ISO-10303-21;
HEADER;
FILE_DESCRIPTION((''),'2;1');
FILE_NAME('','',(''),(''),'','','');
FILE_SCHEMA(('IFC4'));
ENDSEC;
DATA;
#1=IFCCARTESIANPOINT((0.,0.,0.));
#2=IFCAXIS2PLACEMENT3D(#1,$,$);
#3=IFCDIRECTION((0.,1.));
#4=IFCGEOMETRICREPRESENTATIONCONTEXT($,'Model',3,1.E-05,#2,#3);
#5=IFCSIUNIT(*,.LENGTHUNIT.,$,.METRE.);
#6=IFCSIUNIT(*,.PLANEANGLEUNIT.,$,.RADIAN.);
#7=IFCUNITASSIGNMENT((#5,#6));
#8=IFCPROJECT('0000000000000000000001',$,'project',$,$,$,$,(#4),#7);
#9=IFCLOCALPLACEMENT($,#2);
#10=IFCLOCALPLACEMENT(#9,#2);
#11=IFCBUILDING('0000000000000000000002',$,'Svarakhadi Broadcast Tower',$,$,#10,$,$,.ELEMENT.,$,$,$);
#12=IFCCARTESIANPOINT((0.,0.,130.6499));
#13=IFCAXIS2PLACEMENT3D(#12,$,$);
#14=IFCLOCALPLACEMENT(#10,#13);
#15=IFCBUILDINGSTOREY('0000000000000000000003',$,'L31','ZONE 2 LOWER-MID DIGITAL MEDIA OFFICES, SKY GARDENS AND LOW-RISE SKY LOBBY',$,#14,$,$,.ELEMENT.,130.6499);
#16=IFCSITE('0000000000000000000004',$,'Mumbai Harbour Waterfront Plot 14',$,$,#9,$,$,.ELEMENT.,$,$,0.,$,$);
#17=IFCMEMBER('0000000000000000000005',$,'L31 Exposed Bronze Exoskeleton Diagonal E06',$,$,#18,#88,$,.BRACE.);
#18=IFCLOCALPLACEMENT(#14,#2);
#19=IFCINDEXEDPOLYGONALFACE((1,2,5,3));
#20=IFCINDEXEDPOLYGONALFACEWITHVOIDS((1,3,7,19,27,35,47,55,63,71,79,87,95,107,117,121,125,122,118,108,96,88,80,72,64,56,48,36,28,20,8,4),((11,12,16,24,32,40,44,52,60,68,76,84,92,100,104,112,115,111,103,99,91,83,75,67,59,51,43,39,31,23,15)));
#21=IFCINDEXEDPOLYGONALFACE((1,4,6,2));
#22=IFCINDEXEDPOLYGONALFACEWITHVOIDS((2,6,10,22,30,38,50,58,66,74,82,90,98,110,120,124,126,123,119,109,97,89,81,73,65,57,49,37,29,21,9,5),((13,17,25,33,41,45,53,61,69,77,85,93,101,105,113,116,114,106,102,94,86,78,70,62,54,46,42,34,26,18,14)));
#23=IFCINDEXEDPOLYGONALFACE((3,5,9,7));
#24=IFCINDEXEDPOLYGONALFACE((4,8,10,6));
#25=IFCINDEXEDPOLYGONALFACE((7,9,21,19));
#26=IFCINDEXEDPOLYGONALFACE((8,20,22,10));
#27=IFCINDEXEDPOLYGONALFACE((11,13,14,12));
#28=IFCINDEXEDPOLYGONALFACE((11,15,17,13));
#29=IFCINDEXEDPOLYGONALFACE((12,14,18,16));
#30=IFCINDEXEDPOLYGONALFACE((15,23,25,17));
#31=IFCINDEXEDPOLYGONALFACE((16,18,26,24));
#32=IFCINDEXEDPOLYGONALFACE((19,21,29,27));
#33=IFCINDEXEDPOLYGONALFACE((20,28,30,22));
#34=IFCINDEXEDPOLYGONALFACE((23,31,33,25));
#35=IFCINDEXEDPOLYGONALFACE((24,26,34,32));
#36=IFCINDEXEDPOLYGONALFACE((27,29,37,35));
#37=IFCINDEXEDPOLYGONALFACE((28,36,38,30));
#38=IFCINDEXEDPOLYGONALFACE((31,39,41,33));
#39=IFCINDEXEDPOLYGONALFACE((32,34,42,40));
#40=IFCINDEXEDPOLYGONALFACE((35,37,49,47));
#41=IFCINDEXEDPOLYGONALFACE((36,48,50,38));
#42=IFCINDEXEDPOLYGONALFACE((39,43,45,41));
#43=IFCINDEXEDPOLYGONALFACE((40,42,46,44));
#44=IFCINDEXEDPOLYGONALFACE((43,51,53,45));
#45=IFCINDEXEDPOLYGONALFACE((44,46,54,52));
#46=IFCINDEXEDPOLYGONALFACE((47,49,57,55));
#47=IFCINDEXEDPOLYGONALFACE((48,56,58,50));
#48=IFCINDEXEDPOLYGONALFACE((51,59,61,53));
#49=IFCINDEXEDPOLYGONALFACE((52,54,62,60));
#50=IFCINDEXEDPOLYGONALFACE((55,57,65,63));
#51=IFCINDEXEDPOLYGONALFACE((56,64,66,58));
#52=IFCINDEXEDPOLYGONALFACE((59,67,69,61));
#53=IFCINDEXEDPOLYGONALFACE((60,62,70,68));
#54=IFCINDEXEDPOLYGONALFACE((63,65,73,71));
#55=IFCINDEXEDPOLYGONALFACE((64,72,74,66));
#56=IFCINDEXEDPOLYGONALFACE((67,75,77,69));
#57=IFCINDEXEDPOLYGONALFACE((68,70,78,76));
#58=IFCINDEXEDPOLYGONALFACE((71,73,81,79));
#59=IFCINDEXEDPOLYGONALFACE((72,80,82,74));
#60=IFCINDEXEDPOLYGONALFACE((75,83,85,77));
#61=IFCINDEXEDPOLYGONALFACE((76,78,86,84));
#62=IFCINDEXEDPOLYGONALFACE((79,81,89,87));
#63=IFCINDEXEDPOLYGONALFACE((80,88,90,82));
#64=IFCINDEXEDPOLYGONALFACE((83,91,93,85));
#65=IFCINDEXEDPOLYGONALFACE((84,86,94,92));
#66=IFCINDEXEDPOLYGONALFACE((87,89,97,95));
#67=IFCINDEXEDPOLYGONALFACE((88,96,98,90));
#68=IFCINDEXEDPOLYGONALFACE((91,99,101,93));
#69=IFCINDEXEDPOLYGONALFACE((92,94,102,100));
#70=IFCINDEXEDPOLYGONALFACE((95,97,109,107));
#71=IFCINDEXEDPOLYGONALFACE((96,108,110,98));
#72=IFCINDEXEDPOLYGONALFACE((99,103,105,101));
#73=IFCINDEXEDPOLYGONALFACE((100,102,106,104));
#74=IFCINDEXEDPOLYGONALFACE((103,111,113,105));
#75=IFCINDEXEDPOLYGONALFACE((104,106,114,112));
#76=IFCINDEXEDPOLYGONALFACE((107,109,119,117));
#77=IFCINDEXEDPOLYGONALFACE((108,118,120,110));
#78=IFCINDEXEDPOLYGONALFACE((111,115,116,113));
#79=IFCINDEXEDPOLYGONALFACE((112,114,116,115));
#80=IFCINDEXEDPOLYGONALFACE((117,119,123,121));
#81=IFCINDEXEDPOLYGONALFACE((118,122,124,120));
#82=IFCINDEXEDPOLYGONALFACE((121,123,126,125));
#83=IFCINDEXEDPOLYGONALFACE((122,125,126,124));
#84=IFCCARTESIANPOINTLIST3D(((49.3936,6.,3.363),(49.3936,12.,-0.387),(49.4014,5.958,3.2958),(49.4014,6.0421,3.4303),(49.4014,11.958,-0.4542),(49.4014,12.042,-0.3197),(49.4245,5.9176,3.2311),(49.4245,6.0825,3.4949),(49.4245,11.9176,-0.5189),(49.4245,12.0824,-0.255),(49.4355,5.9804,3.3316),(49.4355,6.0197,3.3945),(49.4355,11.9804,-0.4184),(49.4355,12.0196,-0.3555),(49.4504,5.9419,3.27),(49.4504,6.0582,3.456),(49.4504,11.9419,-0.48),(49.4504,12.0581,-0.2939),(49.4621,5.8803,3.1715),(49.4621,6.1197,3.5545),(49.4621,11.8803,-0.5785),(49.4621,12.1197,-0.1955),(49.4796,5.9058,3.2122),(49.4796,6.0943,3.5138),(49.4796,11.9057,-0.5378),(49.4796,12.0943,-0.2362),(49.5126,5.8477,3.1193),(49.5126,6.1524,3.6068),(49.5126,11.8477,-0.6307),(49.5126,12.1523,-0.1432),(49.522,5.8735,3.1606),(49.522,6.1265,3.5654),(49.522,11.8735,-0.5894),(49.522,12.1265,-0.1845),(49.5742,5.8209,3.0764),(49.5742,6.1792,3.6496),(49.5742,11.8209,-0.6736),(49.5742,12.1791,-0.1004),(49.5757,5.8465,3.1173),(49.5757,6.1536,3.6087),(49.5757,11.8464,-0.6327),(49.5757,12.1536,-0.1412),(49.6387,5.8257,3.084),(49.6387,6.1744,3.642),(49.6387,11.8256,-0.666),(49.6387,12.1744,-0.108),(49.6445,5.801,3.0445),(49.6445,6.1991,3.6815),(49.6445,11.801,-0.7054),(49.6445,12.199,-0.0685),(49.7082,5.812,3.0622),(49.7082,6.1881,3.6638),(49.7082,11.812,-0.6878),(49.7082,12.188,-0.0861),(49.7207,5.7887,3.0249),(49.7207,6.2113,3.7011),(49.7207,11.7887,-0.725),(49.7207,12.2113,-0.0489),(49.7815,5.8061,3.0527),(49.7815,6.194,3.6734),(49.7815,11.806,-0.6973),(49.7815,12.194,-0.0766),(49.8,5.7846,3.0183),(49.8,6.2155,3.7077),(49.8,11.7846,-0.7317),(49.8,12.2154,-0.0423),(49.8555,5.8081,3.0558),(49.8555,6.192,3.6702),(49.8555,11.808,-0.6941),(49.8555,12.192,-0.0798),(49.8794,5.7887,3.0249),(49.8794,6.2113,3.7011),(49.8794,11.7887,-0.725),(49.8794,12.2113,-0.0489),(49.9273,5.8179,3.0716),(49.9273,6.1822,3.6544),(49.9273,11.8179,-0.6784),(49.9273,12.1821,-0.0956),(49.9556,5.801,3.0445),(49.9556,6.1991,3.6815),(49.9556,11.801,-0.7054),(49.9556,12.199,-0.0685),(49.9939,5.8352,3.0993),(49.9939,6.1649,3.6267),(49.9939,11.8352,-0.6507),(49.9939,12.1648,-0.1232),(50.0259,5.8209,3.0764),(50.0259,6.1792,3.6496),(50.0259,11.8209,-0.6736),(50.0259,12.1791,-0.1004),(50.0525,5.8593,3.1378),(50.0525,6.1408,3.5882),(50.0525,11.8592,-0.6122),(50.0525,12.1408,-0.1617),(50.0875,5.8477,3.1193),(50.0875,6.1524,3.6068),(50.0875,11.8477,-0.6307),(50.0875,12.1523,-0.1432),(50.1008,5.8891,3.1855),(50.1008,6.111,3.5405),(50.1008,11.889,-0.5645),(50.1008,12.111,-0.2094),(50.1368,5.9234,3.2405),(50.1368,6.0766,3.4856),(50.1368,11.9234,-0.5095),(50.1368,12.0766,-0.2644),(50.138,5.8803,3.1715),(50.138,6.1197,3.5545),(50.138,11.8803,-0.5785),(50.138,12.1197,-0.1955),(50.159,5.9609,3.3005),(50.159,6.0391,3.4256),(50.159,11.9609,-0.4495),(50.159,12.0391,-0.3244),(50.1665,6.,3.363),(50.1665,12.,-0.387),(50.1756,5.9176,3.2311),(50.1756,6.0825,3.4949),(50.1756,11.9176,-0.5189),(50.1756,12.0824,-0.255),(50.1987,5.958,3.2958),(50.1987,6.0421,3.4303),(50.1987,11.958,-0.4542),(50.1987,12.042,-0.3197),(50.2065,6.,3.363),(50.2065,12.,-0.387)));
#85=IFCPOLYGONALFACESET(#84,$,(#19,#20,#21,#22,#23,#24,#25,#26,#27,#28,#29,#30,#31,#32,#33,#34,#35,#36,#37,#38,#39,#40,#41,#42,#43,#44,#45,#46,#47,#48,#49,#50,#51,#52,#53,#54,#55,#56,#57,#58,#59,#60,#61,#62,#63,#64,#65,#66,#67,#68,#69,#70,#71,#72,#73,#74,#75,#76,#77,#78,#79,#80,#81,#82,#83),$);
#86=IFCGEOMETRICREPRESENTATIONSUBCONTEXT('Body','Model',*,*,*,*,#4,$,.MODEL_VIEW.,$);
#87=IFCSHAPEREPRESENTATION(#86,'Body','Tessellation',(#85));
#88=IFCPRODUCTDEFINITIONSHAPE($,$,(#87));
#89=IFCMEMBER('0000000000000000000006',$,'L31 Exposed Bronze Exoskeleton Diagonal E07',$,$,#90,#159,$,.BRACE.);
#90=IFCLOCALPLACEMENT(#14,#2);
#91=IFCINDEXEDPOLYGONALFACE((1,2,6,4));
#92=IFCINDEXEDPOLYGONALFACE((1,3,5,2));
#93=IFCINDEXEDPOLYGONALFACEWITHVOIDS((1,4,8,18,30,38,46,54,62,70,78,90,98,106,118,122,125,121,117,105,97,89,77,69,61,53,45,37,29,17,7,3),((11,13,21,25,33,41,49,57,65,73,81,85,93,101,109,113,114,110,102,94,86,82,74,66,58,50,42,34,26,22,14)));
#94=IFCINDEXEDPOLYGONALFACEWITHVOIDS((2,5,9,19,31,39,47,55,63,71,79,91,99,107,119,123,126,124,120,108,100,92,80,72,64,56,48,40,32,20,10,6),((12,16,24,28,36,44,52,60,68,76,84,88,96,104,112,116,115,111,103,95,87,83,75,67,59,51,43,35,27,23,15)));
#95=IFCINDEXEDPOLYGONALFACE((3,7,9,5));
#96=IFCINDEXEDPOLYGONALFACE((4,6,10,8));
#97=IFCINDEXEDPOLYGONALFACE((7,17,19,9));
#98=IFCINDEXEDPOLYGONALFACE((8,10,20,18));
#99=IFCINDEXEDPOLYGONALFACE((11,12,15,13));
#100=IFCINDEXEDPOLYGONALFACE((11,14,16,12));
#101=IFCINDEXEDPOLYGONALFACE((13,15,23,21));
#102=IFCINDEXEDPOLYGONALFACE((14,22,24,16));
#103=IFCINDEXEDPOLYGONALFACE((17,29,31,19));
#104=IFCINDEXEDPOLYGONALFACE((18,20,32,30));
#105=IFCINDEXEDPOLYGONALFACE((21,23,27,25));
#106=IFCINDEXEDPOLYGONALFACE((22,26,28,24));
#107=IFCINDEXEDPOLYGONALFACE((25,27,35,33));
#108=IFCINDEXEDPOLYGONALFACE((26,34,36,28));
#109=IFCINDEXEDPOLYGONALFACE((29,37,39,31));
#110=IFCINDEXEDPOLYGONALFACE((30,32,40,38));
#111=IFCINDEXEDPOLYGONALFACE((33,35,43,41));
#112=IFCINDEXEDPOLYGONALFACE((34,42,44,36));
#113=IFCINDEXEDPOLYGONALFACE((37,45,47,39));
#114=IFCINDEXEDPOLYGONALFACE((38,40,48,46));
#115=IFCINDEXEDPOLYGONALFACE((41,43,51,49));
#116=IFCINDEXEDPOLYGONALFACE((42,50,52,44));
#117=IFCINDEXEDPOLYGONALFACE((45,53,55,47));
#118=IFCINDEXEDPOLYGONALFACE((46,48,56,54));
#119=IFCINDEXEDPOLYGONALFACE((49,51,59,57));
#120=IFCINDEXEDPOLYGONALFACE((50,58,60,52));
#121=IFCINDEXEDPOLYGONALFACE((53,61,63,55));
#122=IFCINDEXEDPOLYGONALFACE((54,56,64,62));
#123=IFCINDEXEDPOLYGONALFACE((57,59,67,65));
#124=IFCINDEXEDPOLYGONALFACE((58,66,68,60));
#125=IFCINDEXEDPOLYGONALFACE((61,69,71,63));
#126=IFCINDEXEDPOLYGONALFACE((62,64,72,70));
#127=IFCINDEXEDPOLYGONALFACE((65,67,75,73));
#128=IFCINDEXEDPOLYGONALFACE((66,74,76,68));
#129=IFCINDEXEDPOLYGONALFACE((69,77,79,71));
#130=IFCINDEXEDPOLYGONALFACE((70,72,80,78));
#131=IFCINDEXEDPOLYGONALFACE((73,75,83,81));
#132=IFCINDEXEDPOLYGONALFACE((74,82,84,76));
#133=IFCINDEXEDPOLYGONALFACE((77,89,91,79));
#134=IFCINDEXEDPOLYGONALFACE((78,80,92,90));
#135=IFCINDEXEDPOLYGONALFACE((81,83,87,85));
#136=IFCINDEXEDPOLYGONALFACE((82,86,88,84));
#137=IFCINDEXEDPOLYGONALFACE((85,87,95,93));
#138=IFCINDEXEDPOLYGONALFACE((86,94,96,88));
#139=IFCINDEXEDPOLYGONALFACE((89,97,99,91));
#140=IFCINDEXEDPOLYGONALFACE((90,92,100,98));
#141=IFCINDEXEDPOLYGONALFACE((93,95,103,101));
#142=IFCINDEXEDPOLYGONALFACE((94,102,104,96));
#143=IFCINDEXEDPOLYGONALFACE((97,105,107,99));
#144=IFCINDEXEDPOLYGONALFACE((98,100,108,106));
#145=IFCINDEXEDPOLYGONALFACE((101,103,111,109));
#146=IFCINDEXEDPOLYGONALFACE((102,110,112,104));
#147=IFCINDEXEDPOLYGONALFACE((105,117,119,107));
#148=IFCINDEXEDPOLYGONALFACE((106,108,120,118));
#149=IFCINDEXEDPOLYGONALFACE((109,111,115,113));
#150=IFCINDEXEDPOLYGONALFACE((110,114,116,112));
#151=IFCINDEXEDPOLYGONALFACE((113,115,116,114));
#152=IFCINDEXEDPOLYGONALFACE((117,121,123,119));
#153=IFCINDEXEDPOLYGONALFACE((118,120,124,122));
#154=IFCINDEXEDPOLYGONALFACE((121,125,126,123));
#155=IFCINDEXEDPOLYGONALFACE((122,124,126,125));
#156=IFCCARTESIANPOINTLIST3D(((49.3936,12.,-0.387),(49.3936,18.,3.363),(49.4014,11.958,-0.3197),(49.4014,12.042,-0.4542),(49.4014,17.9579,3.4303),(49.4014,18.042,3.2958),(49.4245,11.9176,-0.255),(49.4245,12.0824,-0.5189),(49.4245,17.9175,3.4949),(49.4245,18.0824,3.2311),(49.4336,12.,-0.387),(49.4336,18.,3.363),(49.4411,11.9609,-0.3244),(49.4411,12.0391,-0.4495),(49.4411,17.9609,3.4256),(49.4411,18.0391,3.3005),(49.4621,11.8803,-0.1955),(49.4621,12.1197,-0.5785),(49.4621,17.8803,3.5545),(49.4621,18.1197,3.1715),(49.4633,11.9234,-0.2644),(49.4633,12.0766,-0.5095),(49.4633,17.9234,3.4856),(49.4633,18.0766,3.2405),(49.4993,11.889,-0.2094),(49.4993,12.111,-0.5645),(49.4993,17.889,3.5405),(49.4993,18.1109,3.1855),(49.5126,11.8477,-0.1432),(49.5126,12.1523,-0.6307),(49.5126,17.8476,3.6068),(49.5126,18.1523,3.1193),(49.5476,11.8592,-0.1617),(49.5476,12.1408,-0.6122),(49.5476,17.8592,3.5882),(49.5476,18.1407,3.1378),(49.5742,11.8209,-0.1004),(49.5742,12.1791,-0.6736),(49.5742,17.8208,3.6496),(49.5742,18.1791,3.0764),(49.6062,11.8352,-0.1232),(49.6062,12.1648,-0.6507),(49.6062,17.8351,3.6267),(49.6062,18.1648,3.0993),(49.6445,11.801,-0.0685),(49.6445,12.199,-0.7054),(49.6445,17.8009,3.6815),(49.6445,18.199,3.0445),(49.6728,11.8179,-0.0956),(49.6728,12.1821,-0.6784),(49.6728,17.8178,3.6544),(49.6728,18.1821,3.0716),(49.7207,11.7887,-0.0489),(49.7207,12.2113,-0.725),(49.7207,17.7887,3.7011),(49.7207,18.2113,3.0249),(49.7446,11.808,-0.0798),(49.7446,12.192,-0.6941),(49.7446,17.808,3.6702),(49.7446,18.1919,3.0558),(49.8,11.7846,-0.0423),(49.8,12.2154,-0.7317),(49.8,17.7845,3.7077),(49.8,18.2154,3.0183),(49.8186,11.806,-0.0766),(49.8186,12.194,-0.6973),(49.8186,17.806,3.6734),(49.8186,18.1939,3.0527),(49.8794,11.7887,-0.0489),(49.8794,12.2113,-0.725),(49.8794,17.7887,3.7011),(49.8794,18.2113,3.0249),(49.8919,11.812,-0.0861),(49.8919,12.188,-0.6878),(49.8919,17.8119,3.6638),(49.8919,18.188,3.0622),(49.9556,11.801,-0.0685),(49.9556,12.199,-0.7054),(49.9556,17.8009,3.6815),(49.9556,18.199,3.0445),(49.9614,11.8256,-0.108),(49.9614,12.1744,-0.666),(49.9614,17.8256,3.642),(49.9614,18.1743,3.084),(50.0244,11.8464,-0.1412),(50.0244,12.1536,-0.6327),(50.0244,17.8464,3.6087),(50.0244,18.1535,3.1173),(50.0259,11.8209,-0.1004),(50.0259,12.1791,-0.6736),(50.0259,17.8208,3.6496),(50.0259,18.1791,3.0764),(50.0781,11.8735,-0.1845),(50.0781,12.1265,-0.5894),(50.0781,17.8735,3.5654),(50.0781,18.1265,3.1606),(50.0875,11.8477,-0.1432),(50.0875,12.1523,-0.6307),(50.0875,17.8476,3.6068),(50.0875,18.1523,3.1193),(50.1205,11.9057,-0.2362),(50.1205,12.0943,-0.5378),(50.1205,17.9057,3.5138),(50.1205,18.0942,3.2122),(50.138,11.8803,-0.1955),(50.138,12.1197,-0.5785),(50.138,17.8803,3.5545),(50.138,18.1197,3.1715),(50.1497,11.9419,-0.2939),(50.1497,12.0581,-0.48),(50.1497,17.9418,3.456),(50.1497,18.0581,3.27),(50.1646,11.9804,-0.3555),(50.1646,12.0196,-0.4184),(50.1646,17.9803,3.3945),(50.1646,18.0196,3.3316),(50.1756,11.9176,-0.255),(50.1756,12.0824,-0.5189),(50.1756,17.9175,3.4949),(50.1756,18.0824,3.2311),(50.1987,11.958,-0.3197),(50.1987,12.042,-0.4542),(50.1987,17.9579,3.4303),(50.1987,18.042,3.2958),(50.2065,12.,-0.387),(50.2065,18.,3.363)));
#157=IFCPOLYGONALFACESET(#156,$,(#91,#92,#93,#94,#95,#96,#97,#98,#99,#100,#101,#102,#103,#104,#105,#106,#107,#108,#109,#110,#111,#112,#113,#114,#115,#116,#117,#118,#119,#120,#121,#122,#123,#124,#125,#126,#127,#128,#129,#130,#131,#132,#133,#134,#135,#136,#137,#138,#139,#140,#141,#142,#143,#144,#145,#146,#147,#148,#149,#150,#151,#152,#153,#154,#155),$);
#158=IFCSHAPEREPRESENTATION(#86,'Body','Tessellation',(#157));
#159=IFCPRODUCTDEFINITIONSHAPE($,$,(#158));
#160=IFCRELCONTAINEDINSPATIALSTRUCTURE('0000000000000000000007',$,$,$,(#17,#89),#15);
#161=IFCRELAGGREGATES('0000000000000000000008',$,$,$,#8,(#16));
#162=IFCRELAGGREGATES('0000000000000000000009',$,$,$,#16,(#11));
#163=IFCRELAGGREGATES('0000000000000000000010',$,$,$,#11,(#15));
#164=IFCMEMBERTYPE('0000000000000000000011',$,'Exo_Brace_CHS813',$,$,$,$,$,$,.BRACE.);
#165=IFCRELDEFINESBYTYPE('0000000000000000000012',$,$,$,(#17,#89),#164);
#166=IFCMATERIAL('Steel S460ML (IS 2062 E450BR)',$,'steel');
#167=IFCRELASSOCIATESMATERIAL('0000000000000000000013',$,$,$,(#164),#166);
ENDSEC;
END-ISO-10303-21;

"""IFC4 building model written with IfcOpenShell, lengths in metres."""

from ifc_helpers import new_model, si_unit, direction, frame, origin, origin_2d, place, context, subcontext, project, spatial, hollow_circle, extrude, material, material_profile, profile_set, type_object, element, save


model = new_model("IFC4")

# Units and contexts
model_context = context("Model", 3, precision=1e-05, world=origin(), true_north=direction((0.0, 1.0)))
body_context = subcontext(model_context, "Body", "Model", "MODEL_VIEW")
ifc_project = project(units=[si_unit("LENGTHUNIT", "METRE"), si_unit("PLANEANGLEUNIT", "RADIAN")], contexts=[model_context])

# Site, building, storey
site_placement = place(None, origin())
site = spatial("IfcSite", under=ifc_project, at=site_placement, Name="Mumbai Harbour Waterfront Plot 14", CompositionType="ELEMENT", RefElevation=0.0)
building_placement = place(site_placement, origin())
building = spatial("IfcBuilding", under=site, at=building_placement, Name="Svarakhadi Broadcast Tower", CompositionType="ELEMENT")
storey_placement = place(building_placement, frame((0.0, 0.0, 130.6499)))
storey = spatial("IfcBuildingStorey", under=building, at=storey_placement, Name="L31", Description="ZONE 2 LOWER-MID DIGITAL MEDIA OFFICES, SKY GARDENS AND LOW-RISE SKY LOBBY", CompositionType="ELEMENT", Elevation=130.6499)

# Shared definitions
ifc_material_1 = material(Name="Steel S460ML (IS 2062 E450BR)", Category="steel")

# Members
ifc_material_profile_1 = material_profile(ifc_material_1, hollow_circle(Radius=0.4065, WallThickness=0.04, at=origin_2d()), Name="CHS 813x40")
ifc_profile_set_1 = profile_set([ifc_material_profile_1], Name="Steel S460ML (IS 2062 E450BR)")
member_type_1 = type_object("IfcMemberType", Name="Exo_Brace_CHS813", PredefinedType="BRACE", material=ifc_profile_set_1)
for number, where, z_axis, x_axis, name in (
    (1, (49.8, 12.0, -0.387), (0.0, -0.847998, 0.529999), (1.0, 0.0, 0.0), "L31 Exposed Bronze Exoskeleton Diagonal E06"),
    (2, (49.8, 12.0, -0.387), (0.0, 0.847998, 0.529999), (-1.0, 0.0, 0.0), "L31 Exposed Bronze Exoskeleton Diagonal E07"),
):
    element("IfcMember", number, at=place(storey_placement, frame(where, z_axis=z_axis, x_axis=x_axis)), inside=storey, type_object=member_type_1, Name=name, PredefinedType="BRACE", context=body_context, shape_type="SweptSolid", body=[
        extrude(hollow_circle(Radius=0.4065, WallThickness=0.04, at=origin_2d()), origin(), (0.0, 0.0, 1.0), 7.0754),
    ])

save(model, "model.ifc")
